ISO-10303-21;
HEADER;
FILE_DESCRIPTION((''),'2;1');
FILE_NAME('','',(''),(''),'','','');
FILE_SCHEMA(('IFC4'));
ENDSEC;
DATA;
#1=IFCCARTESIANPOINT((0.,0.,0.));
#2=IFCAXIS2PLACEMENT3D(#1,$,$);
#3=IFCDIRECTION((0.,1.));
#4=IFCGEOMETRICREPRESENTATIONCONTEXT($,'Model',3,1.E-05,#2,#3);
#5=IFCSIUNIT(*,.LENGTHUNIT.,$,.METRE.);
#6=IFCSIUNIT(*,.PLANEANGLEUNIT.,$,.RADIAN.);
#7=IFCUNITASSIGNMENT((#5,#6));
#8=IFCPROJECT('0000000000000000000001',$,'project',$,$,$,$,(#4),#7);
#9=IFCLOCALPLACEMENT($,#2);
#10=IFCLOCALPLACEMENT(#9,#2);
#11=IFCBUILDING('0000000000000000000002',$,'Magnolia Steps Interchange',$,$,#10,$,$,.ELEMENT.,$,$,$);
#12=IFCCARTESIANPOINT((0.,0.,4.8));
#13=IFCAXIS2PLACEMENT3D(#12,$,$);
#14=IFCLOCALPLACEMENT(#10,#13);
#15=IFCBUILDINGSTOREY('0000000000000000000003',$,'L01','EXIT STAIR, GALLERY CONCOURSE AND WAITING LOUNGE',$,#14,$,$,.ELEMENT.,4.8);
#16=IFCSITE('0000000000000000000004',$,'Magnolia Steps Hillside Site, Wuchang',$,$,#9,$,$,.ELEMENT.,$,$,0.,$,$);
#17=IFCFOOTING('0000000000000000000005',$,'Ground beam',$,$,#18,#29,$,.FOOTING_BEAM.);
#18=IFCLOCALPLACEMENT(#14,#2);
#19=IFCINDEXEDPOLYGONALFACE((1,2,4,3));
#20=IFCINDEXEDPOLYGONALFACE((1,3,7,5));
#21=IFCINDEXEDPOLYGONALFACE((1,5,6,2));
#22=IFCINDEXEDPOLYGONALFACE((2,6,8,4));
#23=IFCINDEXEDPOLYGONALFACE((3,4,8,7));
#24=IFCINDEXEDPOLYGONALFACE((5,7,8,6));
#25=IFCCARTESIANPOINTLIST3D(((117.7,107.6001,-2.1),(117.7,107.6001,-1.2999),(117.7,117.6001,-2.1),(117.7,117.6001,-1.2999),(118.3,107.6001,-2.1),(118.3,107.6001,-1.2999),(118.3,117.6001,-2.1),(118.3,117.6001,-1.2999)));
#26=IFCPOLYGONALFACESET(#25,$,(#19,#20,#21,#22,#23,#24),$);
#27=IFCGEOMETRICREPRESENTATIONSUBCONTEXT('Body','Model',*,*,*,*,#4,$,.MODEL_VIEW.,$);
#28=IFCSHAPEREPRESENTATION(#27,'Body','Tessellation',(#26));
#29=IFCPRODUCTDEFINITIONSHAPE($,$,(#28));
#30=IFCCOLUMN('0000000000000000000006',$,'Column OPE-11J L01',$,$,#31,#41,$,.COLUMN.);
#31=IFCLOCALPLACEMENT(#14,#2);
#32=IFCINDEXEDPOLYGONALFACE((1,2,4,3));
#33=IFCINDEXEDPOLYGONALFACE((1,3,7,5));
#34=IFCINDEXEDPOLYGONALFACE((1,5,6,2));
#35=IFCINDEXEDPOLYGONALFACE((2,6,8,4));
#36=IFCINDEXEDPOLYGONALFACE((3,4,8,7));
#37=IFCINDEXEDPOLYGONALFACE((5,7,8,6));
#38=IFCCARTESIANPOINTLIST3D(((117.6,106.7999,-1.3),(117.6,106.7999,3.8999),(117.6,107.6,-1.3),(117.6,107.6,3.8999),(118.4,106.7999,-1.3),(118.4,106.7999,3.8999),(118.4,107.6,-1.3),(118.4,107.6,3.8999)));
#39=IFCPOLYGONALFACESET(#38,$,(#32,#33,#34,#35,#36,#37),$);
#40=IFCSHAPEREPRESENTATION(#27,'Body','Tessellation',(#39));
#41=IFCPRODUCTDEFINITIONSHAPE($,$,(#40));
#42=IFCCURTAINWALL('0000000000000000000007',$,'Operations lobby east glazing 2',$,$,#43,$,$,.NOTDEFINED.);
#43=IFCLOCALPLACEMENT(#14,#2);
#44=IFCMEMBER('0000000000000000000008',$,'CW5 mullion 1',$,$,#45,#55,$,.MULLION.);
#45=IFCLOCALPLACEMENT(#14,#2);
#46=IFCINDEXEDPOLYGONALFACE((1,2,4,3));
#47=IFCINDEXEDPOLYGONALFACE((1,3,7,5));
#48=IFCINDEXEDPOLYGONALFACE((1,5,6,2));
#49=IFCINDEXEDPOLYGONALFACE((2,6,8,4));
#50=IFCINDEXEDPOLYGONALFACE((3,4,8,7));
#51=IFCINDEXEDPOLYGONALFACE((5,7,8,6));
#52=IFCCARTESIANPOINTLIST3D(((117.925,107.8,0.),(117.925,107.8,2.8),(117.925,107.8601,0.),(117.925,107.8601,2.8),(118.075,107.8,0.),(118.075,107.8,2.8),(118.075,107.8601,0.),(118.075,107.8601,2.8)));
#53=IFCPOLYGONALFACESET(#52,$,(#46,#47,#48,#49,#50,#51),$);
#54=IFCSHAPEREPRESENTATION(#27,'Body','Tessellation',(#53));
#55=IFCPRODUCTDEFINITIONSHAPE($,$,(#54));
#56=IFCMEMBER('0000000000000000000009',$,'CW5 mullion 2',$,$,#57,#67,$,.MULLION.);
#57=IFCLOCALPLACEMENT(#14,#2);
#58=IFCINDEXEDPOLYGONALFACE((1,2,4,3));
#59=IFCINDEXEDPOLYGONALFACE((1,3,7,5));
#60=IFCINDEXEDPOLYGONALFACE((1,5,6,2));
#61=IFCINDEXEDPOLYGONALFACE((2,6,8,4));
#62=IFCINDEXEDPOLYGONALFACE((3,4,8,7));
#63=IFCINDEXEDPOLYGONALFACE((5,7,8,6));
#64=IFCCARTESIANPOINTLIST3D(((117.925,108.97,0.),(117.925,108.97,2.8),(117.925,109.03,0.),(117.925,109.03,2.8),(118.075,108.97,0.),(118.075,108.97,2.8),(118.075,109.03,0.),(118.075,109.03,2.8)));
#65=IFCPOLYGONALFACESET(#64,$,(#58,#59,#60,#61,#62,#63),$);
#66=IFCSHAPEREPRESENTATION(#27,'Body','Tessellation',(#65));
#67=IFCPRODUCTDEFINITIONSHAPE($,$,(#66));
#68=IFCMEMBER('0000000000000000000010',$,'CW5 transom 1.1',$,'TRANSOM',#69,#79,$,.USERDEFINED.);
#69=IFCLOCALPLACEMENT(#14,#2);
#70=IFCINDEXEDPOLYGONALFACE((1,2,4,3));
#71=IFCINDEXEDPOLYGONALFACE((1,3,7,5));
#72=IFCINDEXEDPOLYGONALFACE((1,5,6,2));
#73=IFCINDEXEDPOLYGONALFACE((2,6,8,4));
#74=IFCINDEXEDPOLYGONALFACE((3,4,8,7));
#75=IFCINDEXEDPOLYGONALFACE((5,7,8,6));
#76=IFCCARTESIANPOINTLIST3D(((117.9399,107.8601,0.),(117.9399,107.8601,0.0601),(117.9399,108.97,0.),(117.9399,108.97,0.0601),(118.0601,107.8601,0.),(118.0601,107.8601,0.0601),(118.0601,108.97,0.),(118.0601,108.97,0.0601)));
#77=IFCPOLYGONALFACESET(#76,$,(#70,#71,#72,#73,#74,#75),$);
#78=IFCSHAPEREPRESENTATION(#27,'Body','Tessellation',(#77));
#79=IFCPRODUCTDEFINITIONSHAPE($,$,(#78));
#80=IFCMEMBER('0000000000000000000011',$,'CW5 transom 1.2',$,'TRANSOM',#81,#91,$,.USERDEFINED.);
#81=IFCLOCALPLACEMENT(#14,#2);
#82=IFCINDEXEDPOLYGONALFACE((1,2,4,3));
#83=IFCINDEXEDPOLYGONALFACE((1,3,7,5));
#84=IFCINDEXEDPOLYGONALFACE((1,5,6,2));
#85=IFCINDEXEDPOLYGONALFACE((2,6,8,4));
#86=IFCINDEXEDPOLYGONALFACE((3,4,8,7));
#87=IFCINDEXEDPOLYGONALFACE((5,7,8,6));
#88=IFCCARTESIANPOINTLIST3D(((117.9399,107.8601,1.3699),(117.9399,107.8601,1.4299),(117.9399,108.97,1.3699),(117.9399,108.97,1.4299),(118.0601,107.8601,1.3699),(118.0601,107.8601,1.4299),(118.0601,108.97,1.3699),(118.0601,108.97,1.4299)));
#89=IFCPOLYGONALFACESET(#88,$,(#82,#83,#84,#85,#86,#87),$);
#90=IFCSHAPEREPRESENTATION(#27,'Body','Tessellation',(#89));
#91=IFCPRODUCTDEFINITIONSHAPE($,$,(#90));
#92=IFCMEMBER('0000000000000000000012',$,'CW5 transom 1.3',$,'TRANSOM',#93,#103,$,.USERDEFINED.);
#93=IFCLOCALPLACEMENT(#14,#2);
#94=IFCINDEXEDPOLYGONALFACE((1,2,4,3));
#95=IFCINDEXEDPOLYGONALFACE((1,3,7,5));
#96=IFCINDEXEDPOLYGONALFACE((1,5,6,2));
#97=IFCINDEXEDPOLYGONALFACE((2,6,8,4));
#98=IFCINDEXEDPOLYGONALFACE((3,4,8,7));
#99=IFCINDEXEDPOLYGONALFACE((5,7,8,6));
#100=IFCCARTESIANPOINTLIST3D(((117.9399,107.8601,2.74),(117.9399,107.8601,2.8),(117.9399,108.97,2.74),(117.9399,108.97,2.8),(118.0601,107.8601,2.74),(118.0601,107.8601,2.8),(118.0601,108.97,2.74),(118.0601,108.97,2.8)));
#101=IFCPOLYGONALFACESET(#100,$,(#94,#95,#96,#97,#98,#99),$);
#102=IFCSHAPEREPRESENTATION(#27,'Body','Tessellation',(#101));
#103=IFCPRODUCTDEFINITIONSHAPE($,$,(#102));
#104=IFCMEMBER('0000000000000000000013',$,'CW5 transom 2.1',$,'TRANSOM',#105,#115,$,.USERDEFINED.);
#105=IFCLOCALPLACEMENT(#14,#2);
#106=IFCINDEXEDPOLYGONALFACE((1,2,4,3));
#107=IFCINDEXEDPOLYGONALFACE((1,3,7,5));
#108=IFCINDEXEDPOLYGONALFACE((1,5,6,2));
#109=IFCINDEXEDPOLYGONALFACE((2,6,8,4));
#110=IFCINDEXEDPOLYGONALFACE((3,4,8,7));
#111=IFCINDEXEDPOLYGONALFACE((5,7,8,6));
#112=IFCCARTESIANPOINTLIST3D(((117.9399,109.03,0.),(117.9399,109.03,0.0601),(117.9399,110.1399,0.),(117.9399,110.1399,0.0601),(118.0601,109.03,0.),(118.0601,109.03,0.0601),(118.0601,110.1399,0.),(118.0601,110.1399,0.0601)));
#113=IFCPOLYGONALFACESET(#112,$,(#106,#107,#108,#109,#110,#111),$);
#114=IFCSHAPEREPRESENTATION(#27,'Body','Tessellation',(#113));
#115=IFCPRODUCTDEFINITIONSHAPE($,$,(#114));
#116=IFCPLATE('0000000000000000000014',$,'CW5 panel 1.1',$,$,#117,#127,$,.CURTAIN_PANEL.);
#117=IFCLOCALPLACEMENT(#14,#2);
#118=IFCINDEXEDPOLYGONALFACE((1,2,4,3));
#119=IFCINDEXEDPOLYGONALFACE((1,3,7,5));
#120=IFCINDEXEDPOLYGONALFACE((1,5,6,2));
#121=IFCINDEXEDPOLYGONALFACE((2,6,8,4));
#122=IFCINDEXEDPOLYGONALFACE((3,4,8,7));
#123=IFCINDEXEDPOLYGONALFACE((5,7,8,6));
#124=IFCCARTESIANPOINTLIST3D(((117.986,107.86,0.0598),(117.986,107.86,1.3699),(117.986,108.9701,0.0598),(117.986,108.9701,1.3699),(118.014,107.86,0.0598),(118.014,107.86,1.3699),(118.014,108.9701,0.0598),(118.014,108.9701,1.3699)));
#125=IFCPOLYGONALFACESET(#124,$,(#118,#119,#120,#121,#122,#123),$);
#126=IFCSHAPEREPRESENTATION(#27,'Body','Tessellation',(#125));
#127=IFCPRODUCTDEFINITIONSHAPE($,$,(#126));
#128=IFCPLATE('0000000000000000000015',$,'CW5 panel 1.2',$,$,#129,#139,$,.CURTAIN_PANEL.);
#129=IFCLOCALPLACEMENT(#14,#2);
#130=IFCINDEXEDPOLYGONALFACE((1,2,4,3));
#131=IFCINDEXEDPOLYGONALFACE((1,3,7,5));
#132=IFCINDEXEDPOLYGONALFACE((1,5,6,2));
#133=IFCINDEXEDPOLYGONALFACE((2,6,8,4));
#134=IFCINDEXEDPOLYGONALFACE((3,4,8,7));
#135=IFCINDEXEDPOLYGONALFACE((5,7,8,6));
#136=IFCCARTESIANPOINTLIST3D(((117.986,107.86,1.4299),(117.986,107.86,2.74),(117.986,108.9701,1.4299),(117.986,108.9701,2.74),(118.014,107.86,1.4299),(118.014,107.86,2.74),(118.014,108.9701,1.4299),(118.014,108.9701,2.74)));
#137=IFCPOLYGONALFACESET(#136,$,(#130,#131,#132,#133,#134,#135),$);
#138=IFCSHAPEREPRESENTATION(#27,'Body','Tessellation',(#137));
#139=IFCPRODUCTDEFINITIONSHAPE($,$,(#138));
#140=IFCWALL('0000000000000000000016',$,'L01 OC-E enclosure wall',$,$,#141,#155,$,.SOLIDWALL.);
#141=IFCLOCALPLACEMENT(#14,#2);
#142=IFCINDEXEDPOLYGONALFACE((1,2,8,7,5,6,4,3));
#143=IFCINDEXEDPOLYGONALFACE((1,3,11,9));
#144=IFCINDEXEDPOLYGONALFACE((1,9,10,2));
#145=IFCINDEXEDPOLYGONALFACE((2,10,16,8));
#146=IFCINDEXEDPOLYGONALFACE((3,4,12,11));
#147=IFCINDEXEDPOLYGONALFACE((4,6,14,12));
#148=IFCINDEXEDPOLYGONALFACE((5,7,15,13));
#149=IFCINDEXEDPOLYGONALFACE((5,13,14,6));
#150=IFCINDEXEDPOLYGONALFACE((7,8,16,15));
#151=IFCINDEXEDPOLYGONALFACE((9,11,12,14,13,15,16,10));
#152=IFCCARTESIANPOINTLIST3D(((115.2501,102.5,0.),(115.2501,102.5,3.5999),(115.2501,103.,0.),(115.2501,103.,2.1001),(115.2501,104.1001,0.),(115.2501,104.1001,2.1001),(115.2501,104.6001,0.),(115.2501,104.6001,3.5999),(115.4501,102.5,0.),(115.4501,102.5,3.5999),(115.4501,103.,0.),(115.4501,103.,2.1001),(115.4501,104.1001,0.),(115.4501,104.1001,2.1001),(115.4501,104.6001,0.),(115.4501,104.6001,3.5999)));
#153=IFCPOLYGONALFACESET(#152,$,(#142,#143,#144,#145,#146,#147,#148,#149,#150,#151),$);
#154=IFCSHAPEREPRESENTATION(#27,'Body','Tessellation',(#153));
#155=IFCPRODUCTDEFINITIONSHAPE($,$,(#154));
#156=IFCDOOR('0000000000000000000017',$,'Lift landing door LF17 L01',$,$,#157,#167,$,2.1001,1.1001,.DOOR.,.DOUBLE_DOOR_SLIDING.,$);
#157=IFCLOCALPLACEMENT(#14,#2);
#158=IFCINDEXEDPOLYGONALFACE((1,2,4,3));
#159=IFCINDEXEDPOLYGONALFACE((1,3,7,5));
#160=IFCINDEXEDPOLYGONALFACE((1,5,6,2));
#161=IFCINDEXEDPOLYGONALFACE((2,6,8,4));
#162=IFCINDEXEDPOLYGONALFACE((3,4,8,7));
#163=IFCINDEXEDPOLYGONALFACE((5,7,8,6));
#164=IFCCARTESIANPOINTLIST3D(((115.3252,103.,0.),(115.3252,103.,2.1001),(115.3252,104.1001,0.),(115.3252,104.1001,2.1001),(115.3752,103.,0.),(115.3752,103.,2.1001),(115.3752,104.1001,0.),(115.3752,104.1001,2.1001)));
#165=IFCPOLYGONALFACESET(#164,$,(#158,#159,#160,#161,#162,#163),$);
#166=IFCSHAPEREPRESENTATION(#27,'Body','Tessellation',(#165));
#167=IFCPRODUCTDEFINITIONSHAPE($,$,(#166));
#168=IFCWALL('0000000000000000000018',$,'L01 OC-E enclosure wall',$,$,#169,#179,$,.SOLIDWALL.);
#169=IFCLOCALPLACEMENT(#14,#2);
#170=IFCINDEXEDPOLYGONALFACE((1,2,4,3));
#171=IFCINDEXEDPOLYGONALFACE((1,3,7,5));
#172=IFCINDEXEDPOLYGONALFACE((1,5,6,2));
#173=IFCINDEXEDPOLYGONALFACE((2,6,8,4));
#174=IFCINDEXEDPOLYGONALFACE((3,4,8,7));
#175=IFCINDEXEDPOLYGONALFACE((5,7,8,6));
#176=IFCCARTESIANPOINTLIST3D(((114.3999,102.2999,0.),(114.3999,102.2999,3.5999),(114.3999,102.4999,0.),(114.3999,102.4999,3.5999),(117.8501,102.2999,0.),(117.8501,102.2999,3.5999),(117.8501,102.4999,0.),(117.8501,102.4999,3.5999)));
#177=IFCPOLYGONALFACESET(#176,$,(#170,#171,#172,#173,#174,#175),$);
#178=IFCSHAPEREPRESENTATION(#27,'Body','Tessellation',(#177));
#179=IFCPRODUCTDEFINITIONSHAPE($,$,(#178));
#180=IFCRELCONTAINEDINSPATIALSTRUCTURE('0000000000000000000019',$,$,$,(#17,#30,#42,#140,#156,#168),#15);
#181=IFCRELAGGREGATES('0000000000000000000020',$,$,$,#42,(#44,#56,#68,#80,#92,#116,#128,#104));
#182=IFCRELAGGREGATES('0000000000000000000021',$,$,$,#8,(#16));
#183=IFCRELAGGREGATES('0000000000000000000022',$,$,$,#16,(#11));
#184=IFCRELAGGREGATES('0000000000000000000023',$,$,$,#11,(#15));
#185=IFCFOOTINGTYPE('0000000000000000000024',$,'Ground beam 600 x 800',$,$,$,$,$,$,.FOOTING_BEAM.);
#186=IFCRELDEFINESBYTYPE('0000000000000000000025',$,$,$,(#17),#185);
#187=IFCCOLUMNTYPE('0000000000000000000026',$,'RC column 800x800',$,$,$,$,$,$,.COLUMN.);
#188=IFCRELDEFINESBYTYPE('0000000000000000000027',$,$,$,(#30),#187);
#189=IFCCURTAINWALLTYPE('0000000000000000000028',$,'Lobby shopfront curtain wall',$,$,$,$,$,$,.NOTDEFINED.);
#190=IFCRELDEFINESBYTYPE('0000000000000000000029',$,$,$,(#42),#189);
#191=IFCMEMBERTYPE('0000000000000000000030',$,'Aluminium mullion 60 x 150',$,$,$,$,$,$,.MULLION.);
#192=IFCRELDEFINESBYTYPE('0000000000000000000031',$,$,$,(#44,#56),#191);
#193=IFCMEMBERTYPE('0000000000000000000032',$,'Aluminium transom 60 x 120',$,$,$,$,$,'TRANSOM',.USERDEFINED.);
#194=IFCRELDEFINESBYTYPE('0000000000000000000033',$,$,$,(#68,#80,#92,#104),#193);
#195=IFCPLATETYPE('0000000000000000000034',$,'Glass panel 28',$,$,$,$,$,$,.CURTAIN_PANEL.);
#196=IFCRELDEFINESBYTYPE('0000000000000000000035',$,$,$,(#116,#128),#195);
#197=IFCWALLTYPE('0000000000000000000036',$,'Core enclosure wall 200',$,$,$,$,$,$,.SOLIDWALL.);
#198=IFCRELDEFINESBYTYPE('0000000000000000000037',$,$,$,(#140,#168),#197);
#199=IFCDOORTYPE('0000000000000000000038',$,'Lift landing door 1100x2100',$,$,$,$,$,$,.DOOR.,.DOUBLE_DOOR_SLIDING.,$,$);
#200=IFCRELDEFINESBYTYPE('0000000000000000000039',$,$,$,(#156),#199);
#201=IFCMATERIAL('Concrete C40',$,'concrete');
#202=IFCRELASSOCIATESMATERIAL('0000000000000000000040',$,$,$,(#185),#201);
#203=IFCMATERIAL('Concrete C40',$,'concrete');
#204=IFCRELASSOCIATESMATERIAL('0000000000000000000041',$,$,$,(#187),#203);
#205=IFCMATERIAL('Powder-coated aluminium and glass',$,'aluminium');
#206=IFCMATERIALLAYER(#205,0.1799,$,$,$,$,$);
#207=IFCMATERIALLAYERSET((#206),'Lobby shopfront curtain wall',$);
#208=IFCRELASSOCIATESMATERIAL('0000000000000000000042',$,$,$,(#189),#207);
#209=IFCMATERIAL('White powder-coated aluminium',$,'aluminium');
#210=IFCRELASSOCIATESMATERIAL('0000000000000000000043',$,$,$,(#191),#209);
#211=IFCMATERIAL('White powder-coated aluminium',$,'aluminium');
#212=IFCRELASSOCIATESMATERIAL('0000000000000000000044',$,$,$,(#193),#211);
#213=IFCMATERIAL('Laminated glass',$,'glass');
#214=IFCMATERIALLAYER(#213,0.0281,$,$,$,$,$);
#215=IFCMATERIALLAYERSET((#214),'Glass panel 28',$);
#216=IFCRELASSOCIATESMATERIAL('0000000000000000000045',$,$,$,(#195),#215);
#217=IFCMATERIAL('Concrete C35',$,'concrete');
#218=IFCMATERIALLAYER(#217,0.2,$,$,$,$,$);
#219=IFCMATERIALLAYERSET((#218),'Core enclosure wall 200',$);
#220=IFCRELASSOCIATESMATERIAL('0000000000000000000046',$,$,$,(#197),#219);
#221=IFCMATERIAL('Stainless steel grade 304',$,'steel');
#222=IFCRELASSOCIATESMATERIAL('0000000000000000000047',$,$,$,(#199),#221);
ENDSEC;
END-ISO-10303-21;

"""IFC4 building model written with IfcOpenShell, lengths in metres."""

from ifc_helpers import new_model, si_unit, direction, frame, frame_2d, origin, origin_2d, place, context, subcontext, project, spatial, rectangle, extrude, material, layer, layer_set, material_profile, profile_set, type_object, element, fill, aggregate, save


model = new_model("IFC4")

# Units and contexts
model_context = context("Model", 3, precision=1e-05, world=origin(), true_north=direction((0.0, 1.0)))
body_context = subcontext(model_context, "Body", "Model", "MODEL_VIEW")
ifc_project = project(units=[si_unit("LENGTHUNIT", "METRE"), si_unit("PLANEANGLEUNIT", "RADIAN")], contexts=[model_context])

# Site, building, storey
site_placement = place(None, origin())
site = spatial("IfcSite", under=ifc_project, at=site_placement, Name="Magnolia Steps Hillside Site, Wuchang", CompositionType="ELEMENT", RefElevation=0.0)
building_placement = place(site_placement, origin())
building = spatial("IfcBuilding", under=site, at=building_placement, Name="Magnolia Steps Interchange", CompositionType="ELEMENT")
storey_placement = place(building_placement, frame((0.0, 0.0, 4.8)))
storey = spatial("IfcBuildingStorey", under=building, at=storey_placement, Name="L01", Description="EXIT STAIR, GALLERY CONCOURSE AND WAITING LOUNGE", CompositionType="ELEMENT", Elevation=4.8)

# Footing
ifc_material_1 = material(Name="Concrete C40", Category="concrete")
ifc_material_profile_1 = material_profile(ifc_material_1, rectangle(XDim=0.6001, YDim=0.8, at=origin_2d()), Name="RC600x800")
ifc_profile_set_1 = profile_set([ifc_material_profile_1], Name="Concrete C40")
footing_type = type_object("IfcFootingType", Name="Ground beam 600 x 800", PredefinedType="FOOTING_BEAM", material=ifc_profile_set_1)
footing_placement = place(storey_placement, frame((118.0, 107.6001, -1.7), z_axis=(0.0, 1.0, 0.0), x_axis=(-1.0, 0.0, 0.0)))
element("IfcFooting", 1, at=footing_placement, inside=storey, type_object=footing_type, Name="Ground beam", PredefinedType="FOOTING_BEAM", context=body_context, shape_type="SweptSolid", body=[
    extrude(rectangle(XDim=0.6001, YDim=0.8, at=origin_2d()), origin(), (0.0, 0.0, 1.0), 10.0),
])

# Column
ifc_material_2 = material(Name="Concrete C40", Category="concrete")
ifc_material_profile_2 = material_profile(ifc_material_2, rectangle(XDim=0.8, YDim=0.8, at=origin_2d()), Name="RC800x800")
ifc_profile_set_2 = profile_set([ifc_material_profile_2], Name="Concrete C40")
column_type = type_object("IfcColumnType", Name="RC column 800x800", PredefinedType="COLUMN", material=ifc_profile_set_2)
column_placement = place(storey_placement, frame((118.0, 107.2, -1.3), z_axis=(0.0, 0.0, 1.0), x_axis=(1.0, 0.0, 0.0)))
element("IfcColumn", 2, at=column_placement, inside=storey, type_object=column_type, Name="Column OPE-11J L01", PredefinedType="COLUMN", context=body_context, shape_type="SweptSolid", body=[
    extrude(rectangle(XDim=0.8, YDim=0.8, at=origin_2d()), origin(), (0.0, 0.0, 1.0), 5.2),
])

# Curtain wall, members, plates
ifc_material_3 = material(Name="Powder-coated aluminium and glass", Category="aluminium")
ifc_layer_1 = layer(ifc_material_3, 0.1799)
ifc_layer_set_1 = layer_set([ifc_layer_1], Name="Lobby shopfront curtain wall")
curtain_wall_type = type_object("IfcCurtainWallType", Name="Lobby shopfront curtain wall", PredefinedType="NOTDEFINED", material=ifc_layer_set_1)
curtain_wall_placement = place(storey_placement, origin())
curtain_wall = element("IfcCurtainWall", 3, at=curtain_wall_placement, inside=storey, type_object=curtain_wall_type, Name="Operations lobby east glazing 2", PredefinedType="NOTDEFINED")
ifc_material_4 = material(Name="White powder-coated aluminium", Category="aluminium")
ifc_material_profile_3 = material_profile(ifc_material_4, rectangle(XDim=0.0601, YDim=0.1499, at=origin_2d()), Name="Aluminium mullion 60 x 150")
ifc_profile_set_3 = profile_set([ifc_material_profile_3], Name="White powder-coated aluminium")
member_type_1 = type_object("IfcMemberType", Name="Aluminium mullion 60 x 150", PredefinedType="MULLION", material=ifc_profile_set_3)
member_1_placement = place(storey_placement, frame((118.0, 107.8301, 0.0), z_axis=(0.0, 0.0, 1.0), x_axis=(0.0, 1.0, 0.0)))
member_1 = element("IfcMember", 4, at=member_1_placement, type_object=member_type_1, Name="CW5 mullion 1", PredefinedType="MULLION", context=body_context, shape_type="SweptSolid", body=[
    extrude(rectangle(XDim=0.0601, YDim=0.1499, at=origin_2d()), origin(), (0.0, 0.0, 1.0), 2.8),
])
member_2_placement = place(storey_placement, frame((118.0, 109.0, 0.0), z_axis=(0.0, 0.0, 1.0), x_axis=(0.0, 1.0, 0.0)))
member_2 = element("IfcMember", 5, at=member_2_placement, type_object=member_type_1, Name="CW5 mullion 2", PredefinedType="MULLION", context=body_context, shape_type="SweptSolid", body=[
    extrude(rectangle(XDim=0.0601, YDim=0.1499, at=origin_2d()), origin(), (0.0, 0.0, 1.0), 2.8),
])
ifc_material_5 = material(Name="White powder-coated aluminium", Category="aluminium")
ifc_material_profile_4 = material_profile(ifc_material_5, rectangle(XDim=0.0601, YDim=0.1201, at=origin_2d()), Name="Aluminium transom 60 x 120")
ifc_profile_set_4 = profile_set([ifc_material_profile_4], Name="White powder-coated aluminium")
member_type_2 = type_object("IfcMemberType", Name="Aluminium transom 60 x 120", ElementType="TRANSOM", PredefinedType="USERDEFINED", material=ifc_profile_set_4)
member_3_placement = place(storey_placement, frame((118.0, 107.8601, 0.03), z_axis=(0.0, 1.0, 0.0), x_axis=(0.0, 0.0, 1.0)))
member_3 = element("IfcMember", 6, at=member_3_placement, type_object=member_type_2, Name="CW5 transom 1.1", ObjectType="TRANSOM", PredefinedType="USERDEFINED", context=body_context, shape_type="SweptSolid", body=[
    extrude(rectangle(XDim=0.0601, YDim=0.1201, at=origin_2d()), origin(), (0.0, 0.0, 1.0), 1.1099),
])
member_4_placement = place(storey_placement, frame((118.0, 107.8601, 1.3999), z_axis=(0.0, 1.0, 0.0), x_axis=(0.0, 0.0, 1.0)))
member_4 = element("IfcMember", 7, at=member_4_placement, type_object=member_type_2, Name="CW5 transom 1.2", ObjectType="TRANSOM", PredefinedType="USERDEFINED", context=body_context, shape_type="SweptSolid", body=[
    extrude(rectangle(XDim=0.0601, YDim=0.1201, at=origin_2d()), origin(), (0.0, 0.0, 1.0), 1.1099),
])
member_5_placement = place(storey_placement, frame((118.0, 107.8601, 2.77), z_axis=(0.0, 1.0, 0.0), x_axis=(0.0, 0.0, 1.0)))
member_5 = element("IfcMember", 8, at=member_5_placement, type_object=member_type_2, Name="CW5 transom 1.3", ObjectType="TRANSOM", PredefinedType="USERDEFINED", context=body_context, shape_type="SweptSolid", body=[
    extrude(rectangle(XDim=0.0601, YDim=0.1201, at=origin_2d()), origin(), (0.0, 0.0, 1.0), 1.1099),
])
member_6_placement = place(storey_placement, frame((118.0, 109.03, 0.03), z_axis=(0.0, 1.0, 0.0), x_axis=(0.0, 0.0, 1.0)))
member_6 = element("IfcMember", 9, at=member_6_placement, type_object=member_type_2, Name="CW5 transom 2.1", ObjectType="TRANSOM", PredefinedType="USERDEFINED", context=body_context, shape_type="SweptSolid", body=[
    extrude(rectangle(XDim=0.0601, YDim=0.1201, at=origin_2d()), origin(), (0.0, 0.0, 1.0), 1.1099),
])
ifc_material_6 = material(Name="Laminated glass", Category="glass")
ifc_layer_2 = layer(ifc_material_6, 0.0281)
ifc_layer_set_2 = layer_set([ifc_layer_2], Name="Glass panel 28")
plate_type = type_object("IfcPlateType", Name="Glass panel 28", PredefinedType="CURTAIN_PANEL", material=ifc_layer_set_2)
plate_1_placement = place(storey_placement, frame((118.0, 108.415, 0.0598), z_axis=(0.0, 0.0, 1.0), x_axis=(0.0, 1.0, 0.0)))
plate_1 = element("IfcPlate", 10, at=plate_1_placement, type_object=plate_type, Name="CW5 panel 1.1", PredefinedType="CURTAIN_PANEL", context=body_context, shape_type="SweptSolid", body=[
    extrude(rectangle(XDim=1.1101, YDim=0.0281, at=origin_2d()), origin(), (0.0, 0.0, 1.0), 1.3101),
])
plate_2_placement = place(storey_placement, frame((118.0, 108.415, 1.4299), z_axis=(0.0, 0.0, 1.0), x_axis=(0.0, 1.0, 0.0)))
plate_2 = element("IfcPlate", 11, at=plate_2_placement, type_object=plate_type, Name="CW5 panel 1.2", PredefinedType="CURTAIN_PANEL", context=body_context, shape_type="SweptSolid", body=[
    extrude(rectangle(XDim=1.1101, YDim=0.0281, at=origin_2d()), origin(), (0.0, 0.0, 1.0), 1.3101),
])
aggregate(curtain_wall, [member_1, member_2, member_3, member_4, member_5, plate_1, plate_2, member_6])

# Wall, opening, door
ifc_material_7 = material(Name="Concrete C35", Category="concrete")
ifc_layer_3 = layer(ifc_material_7, 0.2)
ifc_layer_set_3 = layer_set([ifc_layer_3], Name="Core enclosure wall 200")
wall_type_1 = type_object("IfcWallType", Name="Core enclosure wall 200", PredefinedType="SOLIDWALL", material=ifc_layer_set_3)
wall_1_placement = place(storey_placement, frame((115.3501, 104.6001, 0.0), z_axis=(0.0, 0.0, 1.0), x_axis=(0.0, -1.0, 0.0)))
wall_1 = element("IfcWall", 12, at=wall_1_placement, inside=storey, type_object=wall_type_1, Name="L01 OC-E enclosure wall", PredefinedType="SOLIDWALL", context=body_context, shape_type="SweptSolid", body=[
    extrude(rectangle(XDim=2.1001, YDim=0.2, at=frame_2d((1.05, 0.0))), origin(), (0.0, 0.0, 1.0), 3.5999),
])
opening_1_placement = place(wall_1_placement, frame((0.5, 0.0, 0.0)))
opening_1 = element("IfcOpeningElement", 13, at=opening_1_placement, cuts=wall_1, PredefinedType="OPENING", context=body_context, shape_type="SweptSolid", body=[
    extrude(rectangle(XDim=1.1001, YDim=2.1001, at=frame_2d((0.55, 1.05))), frame((0.0, 0.1099, 0.0), z_axis=(0.0, -1.0, 0.0), x_axis=(1.0, 0.0, 0.0)), (0.0, 0.0, 1.0), 0.22),
])
ifc_material_8 = material(Name="Stainless steel grade 304", Category="steel")
door_type_1 = type_object("IfcDoorType", Name="Lift landing door 1100x2100", OperationType="DOUBLE_DOOR_SLIDING", PredefinedType="DOOR", material=ifc_material_8)
door_1_placement = place(opening_1_placement, frame((1.1001, 0.0, 0.0), z_axis=(0.0, 0.0, 1.0), x_axis=(-1.0, 0.0, 0.0)))
door_1 = element("IfcDoor", 14, at=door_1_placement, inside=storey, type_object=door_type_1, Name="Lift landing door LF17 L01", OperationType="DOUBLE_DOOR_SLIDING", OverallHeight=2.1001, OverallWidth=1.1001, PredefinedType="DOOR", context=body_context, shape_type="SweptSolid", body=[
    extrude(rectangle(XDim=1.1001, YDim=2.1001, at=frame_2d((0.55, 1.05))), frame((0.0, 0.0249, 0.0), z_axis=(0.0, -1.0, 0.0), x_axis=(1.0, 0.0, 0.0)), (0.0, 0.0, 1.0), 0.05),
])
fill(opening_1, door_1)

# Wall
wall_2_placement = place(storey_placement, frame((114.3999, 102.3999, 0.0), z_axis=(0.0, 0.0, 1.0), x_axis=(1.0, 0.0, 0.0)))
element("IfcWall", 15, at=wall_2_placement, inside=storey, type_object=wall_type_1, Name="L01 OC-E enclosure wall", PredefinedType="SOLIDWALL", context=body_context, shape_type="SweptSolid", body=[
    extrude(rectangle(XDim=3.4502, YDim=0.2, at=frame_2d((1.7251, 0.0))), origin(), (0.0, 0.0, 1.0), 3.5999),
])

save(model, "model.ifc")
